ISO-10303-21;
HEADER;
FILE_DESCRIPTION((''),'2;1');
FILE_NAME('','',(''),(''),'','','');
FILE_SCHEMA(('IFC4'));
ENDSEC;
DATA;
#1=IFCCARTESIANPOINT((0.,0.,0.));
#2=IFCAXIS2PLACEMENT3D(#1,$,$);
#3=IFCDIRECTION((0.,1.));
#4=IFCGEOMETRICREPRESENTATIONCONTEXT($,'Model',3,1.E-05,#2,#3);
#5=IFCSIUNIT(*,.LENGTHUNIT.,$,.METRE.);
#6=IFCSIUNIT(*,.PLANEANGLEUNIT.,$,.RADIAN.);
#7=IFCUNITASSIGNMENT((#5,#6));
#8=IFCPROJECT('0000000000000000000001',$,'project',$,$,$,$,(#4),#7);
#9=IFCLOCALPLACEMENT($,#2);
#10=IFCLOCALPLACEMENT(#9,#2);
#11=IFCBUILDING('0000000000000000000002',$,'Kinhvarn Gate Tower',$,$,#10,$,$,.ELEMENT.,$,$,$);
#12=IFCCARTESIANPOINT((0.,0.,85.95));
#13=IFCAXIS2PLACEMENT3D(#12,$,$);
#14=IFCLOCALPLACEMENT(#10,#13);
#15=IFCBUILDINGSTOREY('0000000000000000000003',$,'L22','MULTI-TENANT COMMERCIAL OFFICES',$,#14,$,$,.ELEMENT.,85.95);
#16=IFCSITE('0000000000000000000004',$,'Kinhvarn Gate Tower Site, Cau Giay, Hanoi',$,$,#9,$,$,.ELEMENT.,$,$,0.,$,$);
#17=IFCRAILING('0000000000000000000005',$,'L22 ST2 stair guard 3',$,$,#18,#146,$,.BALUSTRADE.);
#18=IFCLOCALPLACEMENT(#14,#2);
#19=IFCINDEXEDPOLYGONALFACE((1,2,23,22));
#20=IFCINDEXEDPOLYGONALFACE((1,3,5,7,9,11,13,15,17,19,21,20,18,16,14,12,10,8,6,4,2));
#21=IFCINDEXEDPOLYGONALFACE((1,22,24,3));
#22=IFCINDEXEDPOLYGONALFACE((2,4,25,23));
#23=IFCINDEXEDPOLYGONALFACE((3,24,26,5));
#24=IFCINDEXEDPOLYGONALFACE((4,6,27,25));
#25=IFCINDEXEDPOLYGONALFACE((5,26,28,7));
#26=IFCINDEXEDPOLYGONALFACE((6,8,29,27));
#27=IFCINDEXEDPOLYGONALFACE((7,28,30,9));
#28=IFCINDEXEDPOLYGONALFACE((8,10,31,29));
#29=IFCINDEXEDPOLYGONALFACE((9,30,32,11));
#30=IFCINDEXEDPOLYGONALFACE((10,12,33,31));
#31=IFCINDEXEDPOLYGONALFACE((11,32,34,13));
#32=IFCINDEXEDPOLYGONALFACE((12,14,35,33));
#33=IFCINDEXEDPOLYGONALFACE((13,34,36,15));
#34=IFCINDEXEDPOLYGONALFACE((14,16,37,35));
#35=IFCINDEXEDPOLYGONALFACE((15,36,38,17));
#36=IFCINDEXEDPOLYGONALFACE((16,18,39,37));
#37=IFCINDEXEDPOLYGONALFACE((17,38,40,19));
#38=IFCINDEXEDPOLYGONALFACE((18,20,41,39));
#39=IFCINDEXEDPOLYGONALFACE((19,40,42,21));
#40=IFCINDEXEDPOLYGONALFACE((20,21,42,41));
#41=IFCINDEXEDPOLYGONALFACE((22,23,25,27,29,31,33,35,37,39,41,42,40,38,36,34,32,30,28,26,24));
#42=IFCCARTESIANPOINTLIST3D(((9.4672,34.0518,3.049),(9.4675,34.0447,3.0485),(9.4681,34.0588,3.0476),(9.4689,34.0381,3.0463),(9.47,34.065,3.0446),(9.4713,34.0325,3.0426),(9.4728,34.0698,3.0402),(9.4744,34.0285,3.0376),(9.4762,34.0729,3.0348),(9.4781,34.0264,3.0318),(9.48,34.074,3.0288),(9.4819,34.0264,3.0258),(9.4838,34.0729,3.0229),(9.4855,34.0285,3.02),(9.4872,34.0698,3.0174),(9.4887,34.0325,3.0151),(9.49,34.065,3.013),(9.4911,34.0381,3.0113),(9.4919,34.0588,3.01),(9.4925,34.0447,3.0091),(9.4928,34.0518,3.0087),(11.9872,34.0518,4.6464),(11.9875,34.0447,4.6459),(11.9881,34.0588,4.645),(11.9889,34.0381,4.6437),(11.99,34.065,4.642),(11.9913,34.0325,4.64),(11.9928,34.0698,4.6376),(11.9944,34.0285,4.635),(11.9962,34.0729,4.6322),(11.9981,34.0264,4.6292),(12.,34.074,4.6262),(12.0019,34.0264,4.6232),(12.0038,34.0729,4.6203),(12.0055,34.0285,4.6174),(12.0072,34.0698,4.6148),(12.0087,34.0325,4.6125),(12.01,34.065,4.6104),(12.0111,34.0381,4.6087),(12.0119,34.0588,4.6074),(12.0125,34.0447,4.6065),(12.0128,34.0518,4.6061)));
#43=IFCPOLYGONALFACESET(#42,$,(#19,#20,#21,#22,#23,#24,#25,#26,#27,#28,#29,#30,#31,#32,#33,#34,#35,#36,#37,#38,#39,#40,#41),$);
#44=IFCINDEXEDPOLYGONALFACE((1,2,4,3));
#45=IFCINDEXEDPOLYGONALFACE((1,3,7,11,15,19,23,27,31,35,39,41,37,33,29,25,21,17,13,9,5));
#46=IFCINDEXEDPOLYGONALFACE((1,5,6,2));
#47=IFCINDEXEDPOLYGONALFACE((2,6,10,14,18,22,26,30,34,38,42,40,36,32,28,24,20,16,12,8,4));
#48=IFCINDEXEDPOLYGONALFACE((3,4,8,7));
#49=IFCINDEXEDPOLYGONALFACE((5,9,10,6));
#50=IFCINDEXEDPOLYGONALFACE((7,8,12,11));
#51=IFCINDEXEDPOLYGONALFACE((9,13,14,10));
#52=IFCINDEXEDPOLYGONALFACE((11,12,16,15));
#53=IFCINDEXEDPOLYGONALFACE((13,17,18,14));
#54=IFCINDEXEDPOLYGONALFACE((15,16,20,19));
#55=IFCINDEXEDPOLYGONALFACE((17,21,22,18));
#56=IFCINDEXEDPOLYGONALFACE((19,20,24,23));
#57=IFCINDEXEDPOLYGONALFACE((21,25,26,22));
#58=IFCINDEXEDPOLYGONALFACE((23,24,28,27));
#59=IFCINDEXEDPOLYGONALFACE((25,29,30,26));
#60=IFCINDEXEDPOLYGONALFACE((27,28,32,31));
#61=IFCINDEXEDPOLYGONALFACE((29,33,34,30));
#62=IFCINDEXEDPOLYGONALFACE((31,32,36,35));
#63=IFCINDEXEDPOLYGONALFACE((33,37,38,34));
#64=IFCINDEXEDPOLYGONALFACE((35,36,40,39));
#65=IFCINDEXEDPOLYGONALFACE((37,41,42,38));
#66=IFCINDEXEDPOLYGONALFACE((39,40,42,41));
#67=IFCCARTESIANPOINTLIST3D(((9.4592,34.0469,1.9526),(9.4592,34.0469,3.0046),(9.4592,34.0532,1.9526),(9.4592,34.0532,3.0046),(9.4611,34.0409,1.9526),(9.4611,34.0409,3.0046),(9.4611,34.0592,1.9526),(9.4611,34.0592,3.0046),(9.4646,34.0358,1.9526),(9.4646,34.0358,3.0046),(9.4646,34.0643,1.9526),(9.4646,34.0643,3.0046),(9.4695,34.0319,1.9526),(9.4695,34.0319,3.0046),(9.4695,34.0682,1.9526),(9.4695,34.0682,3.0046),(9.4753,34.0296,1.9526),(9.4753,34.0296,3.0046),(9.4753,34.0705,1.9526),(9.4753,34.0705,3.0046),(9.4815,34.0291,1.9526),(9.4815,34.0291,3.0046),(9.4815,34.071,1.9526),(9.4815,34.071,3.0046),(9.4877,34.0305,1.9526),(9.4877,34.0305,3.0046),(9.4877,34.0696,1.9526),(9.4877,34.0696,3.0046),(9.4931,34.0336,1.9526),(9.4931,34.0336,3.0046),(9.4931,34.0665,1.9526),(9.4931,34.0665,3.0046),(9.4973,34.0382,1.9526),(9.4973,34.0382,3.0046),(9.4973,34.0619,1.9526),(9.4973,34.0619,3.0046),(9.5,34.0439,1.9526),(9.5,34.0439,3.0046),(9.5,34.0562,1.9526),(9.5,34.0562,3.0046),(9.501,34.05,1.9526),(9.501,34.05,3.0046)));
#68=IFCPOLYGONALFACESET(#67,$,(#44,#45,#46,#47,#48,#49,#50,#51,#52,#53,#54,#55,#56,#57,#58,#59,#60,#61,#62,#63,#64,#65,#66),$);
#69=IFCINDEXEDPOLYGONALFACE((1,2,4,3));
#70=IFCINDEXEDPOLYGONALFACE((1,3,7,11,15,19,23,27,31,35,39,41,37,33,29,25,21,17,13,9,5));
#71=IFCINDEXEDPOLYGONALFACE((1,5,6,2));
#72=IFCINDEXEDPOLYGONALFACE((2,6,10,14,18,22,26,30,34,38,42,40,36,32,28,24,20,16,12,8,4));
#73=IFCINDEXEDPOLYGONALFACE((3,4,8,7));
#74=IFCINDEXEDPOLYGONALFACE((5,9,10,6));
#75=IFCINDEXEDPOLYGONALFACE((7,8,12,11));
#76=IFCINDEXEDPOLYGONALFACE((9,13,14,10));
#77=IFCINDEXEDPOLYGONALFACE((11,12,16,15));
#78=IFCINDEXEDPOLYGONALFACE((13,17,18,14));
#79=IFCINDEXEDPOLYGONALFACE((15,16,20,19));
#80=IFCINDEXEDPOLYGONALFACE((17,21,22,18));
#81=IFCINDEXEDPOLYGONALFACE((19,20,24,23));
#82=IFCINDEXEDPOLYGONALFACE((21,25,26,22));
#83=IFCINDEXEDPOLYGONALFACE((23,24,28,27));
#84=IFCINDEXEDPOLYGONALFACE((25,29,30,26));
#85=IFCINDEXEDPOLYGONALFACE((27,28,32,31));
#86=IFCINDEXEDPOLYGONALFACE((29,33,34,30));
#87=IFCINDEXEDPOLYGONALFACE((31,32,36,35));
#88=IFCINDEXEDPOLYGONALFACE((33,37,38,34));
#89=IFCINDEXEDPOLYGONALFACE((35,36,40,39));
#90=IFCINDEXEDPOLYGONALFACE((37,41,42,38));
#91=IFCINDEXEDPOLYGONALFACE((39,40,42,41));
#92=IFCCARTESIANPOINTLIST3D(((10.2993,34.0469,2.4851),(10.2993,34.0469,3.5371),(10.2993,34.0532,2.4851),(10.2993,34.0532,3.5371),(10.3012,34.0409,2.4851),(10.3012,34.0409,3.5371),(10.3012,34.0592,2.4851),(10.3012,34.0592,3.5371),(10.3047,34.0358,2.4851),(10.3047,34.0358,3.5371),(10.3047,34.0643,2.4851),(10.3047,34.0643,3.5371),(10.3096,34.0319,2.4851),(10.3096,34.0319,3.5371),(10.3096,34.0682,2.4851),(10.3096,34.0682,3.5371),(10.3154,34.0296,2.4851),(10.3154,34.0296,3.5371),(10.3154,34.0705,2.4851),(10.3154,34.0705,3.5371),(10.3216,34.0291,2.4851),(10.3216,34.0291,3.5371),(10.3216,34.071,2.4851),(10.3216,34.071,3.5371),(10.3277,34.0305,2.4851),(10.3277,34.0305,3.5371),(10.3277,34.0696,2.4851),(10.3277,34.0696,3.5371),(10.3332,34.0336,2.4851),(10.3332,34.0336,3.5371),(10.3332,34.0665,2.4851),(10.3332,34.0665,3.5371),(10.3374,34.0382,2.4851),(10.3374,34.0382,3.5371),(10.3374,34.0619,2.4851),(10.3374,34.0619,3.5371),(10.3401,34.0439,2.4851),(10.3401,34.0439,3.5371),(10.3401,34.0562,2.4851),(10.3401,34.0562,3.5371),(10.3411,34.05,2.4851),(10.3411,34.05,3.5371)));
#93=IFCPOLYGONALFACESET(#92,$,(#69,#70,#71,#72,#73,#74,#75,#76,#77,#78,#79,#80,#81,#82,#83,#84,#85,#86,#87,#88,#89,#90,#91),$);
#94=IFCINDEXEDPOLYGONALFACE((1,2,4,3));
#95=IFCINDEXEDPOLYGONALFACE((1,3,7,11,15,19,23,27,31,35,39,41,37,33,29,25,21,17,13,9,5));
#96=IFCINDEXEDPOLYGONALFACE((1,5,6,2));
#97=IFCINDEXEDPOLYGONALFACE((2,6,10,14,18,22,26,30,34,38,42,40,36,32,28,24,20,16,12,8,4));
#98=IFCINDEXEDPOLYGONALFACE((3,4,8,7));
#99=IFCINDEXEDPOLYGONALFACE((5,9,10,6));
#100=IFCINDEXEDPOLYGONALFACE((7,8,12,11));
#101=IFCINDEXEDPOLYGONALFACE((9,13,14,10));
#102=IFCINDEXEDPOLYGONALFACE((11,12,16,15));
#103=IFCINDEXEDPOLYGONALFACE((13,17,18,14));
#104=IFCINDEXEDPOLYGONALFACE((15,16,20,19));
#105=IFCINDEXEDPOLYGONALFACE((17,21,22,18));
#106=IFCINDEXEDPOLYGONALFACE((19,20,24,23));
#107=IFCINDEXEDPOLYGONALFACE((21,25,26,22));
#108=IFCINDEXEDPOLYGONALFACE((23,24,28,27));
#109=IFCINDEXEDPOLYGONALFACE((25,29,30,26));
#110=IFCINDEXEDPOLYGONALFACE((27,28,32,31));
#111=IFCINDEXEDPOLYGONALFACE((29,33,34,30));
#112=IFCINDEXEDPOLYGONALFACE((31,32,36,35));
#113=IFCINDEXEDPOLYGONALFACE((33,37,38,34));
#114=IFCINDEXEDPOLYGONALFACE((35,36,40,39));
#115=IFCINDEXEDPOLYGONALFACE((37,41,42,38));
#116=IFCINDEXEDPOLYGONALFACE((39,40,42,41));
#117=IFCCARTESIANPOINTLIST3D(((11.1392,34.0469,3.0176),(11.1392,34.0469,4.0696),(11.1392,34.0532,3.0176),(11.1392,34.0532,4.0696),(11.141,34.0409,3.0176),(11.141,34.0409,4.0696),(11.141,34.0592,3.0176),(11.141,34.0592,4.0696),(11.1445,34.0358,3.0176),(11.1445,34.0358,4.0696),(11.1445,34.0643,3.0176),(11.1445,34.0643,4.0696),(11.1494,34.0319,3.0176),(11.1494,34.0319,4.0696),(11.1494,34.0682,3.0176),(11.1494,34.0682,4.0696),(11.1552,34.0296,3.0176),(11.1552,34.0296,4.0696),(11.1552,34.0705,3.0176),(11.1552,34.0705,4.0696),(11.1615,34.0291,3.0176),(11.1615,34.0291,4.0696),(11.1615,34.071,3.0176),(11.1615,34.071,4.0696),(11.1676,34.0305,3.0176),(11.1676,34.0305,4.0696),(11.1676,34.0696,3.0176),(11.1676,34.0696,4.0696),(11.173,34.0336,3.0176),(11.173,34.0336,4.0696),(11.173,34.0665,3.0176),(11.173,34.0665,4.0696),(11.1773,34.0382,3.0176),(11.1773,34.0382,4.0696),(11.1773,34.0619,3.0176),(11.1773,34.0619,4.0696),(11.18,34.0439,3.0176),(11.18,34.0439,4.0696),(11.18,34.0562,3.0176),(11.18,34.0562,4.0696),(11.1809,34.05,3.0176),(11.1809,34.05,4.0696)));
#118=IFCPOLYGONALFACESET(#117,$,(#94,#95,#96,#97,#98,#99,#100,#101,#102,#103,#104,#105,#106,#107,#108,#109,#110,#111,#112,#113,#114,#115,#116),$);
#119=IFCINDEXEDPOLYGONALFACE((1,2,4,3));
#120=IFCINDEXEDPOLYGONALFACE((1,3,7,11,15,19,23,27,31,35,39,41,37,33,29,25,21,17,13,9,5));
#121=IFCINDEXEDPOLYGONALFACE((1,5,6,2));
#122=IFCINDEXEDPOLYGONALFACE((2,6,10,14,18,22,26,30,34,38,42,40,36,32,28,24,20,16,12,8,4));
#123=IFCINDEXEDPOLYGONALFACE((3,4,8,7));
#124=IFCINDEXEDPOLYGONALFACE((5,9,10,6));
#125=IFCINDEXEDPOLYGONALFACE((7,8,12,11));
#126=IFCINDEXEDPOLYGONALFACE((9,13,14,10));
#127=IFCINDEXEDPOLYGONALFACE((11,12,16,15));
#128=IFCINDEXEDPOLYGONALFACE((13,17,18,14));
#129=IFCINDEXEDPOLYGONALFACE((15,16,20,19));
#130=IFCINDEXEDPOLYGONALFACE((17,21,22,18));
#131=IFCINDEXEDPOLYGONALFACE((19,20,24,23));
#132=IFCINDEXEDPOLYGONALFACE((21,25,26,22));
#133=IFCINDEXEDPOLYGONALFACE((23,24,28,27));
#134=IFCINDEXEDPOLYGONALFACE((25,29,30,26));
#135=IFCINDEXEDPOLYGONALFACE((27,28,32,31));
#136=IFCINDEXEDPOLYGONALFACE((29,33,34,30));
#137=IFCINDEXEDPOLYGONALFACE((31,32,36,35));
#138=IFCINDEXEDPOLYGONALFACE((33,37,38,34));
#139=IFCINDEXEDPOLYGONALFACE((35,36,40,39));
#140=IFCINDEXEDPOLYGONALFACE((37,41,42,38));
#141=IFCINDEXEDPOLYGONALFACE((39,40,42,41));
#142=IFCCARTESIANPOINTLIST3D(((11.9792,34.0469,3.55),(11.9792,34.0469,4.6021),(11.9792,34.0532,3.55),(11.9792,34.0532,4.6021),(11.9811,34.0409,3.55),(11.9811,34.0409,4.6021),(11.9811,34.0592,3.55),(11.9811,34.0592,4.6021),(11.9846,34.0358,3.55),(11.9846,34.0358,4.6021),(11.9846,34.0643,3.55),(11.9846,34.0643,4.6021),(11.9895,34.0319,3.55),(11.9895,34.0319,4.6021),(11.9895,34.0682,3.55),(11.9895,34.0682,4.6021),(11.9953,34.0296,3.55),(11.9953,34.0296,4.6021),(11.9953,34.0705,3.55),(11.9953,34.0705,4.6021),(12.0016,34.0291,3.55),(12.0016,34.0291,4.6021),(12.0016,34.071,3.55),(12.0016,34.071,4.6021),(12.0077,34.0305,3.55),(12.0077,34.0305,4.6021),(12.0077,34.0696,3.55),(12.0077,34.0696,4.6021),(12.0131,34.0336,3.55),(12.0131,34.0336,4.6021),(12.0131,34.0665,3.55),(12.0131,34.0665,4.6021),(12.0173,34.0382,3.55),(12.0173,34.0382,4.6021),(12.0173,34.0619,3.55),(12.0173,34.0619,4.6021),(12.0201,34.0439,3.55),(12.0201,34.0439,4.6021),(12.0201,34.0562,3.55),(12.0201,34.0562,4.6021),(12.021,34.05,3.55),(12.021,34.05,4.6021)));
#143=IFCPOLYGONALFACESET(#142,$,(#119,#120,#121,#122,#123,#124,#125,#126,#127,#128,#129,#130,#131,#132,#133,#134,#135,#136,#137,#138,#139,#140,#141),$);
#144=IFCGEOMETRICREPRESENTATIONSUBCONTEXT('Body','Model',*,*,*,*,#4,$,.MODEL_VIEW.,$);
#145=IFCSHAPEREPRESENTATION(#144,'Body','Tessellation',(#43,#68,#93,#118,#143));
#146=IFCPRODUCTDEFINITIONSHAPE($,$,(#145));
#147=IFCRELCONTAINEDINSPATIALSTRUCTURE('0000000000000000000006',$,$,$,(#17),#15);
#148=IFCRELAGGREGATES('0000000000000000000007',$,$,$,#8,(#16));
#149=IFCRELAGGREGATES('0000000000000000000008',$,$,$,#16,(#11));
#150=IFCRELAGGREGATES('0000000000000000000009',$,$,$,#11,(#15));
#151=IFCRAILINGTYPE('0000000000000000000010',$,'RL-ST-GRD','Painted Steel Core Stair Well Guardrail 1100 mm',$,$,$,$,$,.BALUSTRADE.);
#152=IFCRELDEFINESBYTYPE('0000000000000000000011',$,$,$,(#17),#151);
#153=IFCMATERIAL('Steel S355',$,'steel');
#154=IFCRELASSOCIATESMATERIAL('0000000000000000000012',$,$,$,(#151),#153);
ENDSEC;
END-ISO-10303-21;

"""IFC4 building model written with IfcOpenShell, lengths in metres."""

from ifc_helpers import new_model, si_unit, direction, frame, origin, origin_2d, place, context, subcontext, project, spatial, circle, extrude, material, type_object, element, save


model = new_model("IFC4")

# Units and contexts
model_context = context("Model", 3, precision=1e-05, world=origin(), true_north=direction((0.0, 1.0)))
body_context = subcontext(model_context, "Body", "Model", "MODEL_VIEW")
ifc_project = project(units=[si_unit("LENGTHUNIT", "METRE"), si_unit("PLANEANGLEUNIT", "RADIAN")], contexts=[model_context])

# Site, building, storey
site_placement = place(None, origin())
site = spatial("IfcSite", under=ifc_project, at=site_placement, Name="Kinhvarn Gate Tower Site, Cau Giay, Hanoi", CompositionType="ELEMENT", RefElevation=0.0)
building_placement = place(site_placement, origin())
building = spatial("IfcBuilding", under=site, at=building_placement, Name="Kinhvarn Gate Tower", CompositionType="ELEMENT")
storey_placement = place(building_placement, frame((0.0, 0.0, 85.95)))
storey = spatial("IfcBuildingStorey", under=building, at=storey_placement, Name="L22", Description="MULTI-TENANT COMMERCIAL OFFICES", CompositionType="ELEMENT", Elevation=85.95)

# Shared definitions
ifc_material_1 = material(Name="Steel S355", Category="steel")

# Railing
railing_type_1 = type_object("IfcRailingType", Name="RL-ST-GRD", Description="Painted Steel Core Stair Well Guardrail 1100 mm", PredefinedType="BALUSTRADE", material=ifc_material_1)
railing_1_placement = place(storey_placement, frame((9.48, 34.05, 1.9526)))
element("IfcRailing", 1, at=railing_1_placement, inside=storey, type_object=railing_type_1, Name="L22 ST2 stair guard 3", PredefinedType="BALUSTRADE", context=body_context, shape_type="SweptSolid", body=[
    extrude(circle(Radius=0.0239, at=origin_2d()), frame((0.0, 0.0, 1.0762), z_axis=(0.844607, 0.0, 0.535387), x_axis=(0.0, 1.0, 0.0)), (0.0, 0.0, 1.0), 2.9836),
    extrude(circle(Radius=0.021, at=origin_2d()), origin(), (0.0, 0.0, 1.0), 1.052),
    extrude(circle(Radius=0.021, at=origin_2d()), frame((0.8401, 0.0, 0.5325)), (0.0, 0.0, 1.0), 1.052),
    extrude(circle(Radius=0.021, at=origin_2d()), frame((1.6799, 0.0, 1.0649)), (0.0, 0.0, 1.0), 1.052),
    extrude(circle(Radius=0.021, at=origin_2d()), frame((2.52, 0.0, 1.5974)), (0.0, 0.0, 1.0), 1.052),
])

save(model, "model.ifc")
